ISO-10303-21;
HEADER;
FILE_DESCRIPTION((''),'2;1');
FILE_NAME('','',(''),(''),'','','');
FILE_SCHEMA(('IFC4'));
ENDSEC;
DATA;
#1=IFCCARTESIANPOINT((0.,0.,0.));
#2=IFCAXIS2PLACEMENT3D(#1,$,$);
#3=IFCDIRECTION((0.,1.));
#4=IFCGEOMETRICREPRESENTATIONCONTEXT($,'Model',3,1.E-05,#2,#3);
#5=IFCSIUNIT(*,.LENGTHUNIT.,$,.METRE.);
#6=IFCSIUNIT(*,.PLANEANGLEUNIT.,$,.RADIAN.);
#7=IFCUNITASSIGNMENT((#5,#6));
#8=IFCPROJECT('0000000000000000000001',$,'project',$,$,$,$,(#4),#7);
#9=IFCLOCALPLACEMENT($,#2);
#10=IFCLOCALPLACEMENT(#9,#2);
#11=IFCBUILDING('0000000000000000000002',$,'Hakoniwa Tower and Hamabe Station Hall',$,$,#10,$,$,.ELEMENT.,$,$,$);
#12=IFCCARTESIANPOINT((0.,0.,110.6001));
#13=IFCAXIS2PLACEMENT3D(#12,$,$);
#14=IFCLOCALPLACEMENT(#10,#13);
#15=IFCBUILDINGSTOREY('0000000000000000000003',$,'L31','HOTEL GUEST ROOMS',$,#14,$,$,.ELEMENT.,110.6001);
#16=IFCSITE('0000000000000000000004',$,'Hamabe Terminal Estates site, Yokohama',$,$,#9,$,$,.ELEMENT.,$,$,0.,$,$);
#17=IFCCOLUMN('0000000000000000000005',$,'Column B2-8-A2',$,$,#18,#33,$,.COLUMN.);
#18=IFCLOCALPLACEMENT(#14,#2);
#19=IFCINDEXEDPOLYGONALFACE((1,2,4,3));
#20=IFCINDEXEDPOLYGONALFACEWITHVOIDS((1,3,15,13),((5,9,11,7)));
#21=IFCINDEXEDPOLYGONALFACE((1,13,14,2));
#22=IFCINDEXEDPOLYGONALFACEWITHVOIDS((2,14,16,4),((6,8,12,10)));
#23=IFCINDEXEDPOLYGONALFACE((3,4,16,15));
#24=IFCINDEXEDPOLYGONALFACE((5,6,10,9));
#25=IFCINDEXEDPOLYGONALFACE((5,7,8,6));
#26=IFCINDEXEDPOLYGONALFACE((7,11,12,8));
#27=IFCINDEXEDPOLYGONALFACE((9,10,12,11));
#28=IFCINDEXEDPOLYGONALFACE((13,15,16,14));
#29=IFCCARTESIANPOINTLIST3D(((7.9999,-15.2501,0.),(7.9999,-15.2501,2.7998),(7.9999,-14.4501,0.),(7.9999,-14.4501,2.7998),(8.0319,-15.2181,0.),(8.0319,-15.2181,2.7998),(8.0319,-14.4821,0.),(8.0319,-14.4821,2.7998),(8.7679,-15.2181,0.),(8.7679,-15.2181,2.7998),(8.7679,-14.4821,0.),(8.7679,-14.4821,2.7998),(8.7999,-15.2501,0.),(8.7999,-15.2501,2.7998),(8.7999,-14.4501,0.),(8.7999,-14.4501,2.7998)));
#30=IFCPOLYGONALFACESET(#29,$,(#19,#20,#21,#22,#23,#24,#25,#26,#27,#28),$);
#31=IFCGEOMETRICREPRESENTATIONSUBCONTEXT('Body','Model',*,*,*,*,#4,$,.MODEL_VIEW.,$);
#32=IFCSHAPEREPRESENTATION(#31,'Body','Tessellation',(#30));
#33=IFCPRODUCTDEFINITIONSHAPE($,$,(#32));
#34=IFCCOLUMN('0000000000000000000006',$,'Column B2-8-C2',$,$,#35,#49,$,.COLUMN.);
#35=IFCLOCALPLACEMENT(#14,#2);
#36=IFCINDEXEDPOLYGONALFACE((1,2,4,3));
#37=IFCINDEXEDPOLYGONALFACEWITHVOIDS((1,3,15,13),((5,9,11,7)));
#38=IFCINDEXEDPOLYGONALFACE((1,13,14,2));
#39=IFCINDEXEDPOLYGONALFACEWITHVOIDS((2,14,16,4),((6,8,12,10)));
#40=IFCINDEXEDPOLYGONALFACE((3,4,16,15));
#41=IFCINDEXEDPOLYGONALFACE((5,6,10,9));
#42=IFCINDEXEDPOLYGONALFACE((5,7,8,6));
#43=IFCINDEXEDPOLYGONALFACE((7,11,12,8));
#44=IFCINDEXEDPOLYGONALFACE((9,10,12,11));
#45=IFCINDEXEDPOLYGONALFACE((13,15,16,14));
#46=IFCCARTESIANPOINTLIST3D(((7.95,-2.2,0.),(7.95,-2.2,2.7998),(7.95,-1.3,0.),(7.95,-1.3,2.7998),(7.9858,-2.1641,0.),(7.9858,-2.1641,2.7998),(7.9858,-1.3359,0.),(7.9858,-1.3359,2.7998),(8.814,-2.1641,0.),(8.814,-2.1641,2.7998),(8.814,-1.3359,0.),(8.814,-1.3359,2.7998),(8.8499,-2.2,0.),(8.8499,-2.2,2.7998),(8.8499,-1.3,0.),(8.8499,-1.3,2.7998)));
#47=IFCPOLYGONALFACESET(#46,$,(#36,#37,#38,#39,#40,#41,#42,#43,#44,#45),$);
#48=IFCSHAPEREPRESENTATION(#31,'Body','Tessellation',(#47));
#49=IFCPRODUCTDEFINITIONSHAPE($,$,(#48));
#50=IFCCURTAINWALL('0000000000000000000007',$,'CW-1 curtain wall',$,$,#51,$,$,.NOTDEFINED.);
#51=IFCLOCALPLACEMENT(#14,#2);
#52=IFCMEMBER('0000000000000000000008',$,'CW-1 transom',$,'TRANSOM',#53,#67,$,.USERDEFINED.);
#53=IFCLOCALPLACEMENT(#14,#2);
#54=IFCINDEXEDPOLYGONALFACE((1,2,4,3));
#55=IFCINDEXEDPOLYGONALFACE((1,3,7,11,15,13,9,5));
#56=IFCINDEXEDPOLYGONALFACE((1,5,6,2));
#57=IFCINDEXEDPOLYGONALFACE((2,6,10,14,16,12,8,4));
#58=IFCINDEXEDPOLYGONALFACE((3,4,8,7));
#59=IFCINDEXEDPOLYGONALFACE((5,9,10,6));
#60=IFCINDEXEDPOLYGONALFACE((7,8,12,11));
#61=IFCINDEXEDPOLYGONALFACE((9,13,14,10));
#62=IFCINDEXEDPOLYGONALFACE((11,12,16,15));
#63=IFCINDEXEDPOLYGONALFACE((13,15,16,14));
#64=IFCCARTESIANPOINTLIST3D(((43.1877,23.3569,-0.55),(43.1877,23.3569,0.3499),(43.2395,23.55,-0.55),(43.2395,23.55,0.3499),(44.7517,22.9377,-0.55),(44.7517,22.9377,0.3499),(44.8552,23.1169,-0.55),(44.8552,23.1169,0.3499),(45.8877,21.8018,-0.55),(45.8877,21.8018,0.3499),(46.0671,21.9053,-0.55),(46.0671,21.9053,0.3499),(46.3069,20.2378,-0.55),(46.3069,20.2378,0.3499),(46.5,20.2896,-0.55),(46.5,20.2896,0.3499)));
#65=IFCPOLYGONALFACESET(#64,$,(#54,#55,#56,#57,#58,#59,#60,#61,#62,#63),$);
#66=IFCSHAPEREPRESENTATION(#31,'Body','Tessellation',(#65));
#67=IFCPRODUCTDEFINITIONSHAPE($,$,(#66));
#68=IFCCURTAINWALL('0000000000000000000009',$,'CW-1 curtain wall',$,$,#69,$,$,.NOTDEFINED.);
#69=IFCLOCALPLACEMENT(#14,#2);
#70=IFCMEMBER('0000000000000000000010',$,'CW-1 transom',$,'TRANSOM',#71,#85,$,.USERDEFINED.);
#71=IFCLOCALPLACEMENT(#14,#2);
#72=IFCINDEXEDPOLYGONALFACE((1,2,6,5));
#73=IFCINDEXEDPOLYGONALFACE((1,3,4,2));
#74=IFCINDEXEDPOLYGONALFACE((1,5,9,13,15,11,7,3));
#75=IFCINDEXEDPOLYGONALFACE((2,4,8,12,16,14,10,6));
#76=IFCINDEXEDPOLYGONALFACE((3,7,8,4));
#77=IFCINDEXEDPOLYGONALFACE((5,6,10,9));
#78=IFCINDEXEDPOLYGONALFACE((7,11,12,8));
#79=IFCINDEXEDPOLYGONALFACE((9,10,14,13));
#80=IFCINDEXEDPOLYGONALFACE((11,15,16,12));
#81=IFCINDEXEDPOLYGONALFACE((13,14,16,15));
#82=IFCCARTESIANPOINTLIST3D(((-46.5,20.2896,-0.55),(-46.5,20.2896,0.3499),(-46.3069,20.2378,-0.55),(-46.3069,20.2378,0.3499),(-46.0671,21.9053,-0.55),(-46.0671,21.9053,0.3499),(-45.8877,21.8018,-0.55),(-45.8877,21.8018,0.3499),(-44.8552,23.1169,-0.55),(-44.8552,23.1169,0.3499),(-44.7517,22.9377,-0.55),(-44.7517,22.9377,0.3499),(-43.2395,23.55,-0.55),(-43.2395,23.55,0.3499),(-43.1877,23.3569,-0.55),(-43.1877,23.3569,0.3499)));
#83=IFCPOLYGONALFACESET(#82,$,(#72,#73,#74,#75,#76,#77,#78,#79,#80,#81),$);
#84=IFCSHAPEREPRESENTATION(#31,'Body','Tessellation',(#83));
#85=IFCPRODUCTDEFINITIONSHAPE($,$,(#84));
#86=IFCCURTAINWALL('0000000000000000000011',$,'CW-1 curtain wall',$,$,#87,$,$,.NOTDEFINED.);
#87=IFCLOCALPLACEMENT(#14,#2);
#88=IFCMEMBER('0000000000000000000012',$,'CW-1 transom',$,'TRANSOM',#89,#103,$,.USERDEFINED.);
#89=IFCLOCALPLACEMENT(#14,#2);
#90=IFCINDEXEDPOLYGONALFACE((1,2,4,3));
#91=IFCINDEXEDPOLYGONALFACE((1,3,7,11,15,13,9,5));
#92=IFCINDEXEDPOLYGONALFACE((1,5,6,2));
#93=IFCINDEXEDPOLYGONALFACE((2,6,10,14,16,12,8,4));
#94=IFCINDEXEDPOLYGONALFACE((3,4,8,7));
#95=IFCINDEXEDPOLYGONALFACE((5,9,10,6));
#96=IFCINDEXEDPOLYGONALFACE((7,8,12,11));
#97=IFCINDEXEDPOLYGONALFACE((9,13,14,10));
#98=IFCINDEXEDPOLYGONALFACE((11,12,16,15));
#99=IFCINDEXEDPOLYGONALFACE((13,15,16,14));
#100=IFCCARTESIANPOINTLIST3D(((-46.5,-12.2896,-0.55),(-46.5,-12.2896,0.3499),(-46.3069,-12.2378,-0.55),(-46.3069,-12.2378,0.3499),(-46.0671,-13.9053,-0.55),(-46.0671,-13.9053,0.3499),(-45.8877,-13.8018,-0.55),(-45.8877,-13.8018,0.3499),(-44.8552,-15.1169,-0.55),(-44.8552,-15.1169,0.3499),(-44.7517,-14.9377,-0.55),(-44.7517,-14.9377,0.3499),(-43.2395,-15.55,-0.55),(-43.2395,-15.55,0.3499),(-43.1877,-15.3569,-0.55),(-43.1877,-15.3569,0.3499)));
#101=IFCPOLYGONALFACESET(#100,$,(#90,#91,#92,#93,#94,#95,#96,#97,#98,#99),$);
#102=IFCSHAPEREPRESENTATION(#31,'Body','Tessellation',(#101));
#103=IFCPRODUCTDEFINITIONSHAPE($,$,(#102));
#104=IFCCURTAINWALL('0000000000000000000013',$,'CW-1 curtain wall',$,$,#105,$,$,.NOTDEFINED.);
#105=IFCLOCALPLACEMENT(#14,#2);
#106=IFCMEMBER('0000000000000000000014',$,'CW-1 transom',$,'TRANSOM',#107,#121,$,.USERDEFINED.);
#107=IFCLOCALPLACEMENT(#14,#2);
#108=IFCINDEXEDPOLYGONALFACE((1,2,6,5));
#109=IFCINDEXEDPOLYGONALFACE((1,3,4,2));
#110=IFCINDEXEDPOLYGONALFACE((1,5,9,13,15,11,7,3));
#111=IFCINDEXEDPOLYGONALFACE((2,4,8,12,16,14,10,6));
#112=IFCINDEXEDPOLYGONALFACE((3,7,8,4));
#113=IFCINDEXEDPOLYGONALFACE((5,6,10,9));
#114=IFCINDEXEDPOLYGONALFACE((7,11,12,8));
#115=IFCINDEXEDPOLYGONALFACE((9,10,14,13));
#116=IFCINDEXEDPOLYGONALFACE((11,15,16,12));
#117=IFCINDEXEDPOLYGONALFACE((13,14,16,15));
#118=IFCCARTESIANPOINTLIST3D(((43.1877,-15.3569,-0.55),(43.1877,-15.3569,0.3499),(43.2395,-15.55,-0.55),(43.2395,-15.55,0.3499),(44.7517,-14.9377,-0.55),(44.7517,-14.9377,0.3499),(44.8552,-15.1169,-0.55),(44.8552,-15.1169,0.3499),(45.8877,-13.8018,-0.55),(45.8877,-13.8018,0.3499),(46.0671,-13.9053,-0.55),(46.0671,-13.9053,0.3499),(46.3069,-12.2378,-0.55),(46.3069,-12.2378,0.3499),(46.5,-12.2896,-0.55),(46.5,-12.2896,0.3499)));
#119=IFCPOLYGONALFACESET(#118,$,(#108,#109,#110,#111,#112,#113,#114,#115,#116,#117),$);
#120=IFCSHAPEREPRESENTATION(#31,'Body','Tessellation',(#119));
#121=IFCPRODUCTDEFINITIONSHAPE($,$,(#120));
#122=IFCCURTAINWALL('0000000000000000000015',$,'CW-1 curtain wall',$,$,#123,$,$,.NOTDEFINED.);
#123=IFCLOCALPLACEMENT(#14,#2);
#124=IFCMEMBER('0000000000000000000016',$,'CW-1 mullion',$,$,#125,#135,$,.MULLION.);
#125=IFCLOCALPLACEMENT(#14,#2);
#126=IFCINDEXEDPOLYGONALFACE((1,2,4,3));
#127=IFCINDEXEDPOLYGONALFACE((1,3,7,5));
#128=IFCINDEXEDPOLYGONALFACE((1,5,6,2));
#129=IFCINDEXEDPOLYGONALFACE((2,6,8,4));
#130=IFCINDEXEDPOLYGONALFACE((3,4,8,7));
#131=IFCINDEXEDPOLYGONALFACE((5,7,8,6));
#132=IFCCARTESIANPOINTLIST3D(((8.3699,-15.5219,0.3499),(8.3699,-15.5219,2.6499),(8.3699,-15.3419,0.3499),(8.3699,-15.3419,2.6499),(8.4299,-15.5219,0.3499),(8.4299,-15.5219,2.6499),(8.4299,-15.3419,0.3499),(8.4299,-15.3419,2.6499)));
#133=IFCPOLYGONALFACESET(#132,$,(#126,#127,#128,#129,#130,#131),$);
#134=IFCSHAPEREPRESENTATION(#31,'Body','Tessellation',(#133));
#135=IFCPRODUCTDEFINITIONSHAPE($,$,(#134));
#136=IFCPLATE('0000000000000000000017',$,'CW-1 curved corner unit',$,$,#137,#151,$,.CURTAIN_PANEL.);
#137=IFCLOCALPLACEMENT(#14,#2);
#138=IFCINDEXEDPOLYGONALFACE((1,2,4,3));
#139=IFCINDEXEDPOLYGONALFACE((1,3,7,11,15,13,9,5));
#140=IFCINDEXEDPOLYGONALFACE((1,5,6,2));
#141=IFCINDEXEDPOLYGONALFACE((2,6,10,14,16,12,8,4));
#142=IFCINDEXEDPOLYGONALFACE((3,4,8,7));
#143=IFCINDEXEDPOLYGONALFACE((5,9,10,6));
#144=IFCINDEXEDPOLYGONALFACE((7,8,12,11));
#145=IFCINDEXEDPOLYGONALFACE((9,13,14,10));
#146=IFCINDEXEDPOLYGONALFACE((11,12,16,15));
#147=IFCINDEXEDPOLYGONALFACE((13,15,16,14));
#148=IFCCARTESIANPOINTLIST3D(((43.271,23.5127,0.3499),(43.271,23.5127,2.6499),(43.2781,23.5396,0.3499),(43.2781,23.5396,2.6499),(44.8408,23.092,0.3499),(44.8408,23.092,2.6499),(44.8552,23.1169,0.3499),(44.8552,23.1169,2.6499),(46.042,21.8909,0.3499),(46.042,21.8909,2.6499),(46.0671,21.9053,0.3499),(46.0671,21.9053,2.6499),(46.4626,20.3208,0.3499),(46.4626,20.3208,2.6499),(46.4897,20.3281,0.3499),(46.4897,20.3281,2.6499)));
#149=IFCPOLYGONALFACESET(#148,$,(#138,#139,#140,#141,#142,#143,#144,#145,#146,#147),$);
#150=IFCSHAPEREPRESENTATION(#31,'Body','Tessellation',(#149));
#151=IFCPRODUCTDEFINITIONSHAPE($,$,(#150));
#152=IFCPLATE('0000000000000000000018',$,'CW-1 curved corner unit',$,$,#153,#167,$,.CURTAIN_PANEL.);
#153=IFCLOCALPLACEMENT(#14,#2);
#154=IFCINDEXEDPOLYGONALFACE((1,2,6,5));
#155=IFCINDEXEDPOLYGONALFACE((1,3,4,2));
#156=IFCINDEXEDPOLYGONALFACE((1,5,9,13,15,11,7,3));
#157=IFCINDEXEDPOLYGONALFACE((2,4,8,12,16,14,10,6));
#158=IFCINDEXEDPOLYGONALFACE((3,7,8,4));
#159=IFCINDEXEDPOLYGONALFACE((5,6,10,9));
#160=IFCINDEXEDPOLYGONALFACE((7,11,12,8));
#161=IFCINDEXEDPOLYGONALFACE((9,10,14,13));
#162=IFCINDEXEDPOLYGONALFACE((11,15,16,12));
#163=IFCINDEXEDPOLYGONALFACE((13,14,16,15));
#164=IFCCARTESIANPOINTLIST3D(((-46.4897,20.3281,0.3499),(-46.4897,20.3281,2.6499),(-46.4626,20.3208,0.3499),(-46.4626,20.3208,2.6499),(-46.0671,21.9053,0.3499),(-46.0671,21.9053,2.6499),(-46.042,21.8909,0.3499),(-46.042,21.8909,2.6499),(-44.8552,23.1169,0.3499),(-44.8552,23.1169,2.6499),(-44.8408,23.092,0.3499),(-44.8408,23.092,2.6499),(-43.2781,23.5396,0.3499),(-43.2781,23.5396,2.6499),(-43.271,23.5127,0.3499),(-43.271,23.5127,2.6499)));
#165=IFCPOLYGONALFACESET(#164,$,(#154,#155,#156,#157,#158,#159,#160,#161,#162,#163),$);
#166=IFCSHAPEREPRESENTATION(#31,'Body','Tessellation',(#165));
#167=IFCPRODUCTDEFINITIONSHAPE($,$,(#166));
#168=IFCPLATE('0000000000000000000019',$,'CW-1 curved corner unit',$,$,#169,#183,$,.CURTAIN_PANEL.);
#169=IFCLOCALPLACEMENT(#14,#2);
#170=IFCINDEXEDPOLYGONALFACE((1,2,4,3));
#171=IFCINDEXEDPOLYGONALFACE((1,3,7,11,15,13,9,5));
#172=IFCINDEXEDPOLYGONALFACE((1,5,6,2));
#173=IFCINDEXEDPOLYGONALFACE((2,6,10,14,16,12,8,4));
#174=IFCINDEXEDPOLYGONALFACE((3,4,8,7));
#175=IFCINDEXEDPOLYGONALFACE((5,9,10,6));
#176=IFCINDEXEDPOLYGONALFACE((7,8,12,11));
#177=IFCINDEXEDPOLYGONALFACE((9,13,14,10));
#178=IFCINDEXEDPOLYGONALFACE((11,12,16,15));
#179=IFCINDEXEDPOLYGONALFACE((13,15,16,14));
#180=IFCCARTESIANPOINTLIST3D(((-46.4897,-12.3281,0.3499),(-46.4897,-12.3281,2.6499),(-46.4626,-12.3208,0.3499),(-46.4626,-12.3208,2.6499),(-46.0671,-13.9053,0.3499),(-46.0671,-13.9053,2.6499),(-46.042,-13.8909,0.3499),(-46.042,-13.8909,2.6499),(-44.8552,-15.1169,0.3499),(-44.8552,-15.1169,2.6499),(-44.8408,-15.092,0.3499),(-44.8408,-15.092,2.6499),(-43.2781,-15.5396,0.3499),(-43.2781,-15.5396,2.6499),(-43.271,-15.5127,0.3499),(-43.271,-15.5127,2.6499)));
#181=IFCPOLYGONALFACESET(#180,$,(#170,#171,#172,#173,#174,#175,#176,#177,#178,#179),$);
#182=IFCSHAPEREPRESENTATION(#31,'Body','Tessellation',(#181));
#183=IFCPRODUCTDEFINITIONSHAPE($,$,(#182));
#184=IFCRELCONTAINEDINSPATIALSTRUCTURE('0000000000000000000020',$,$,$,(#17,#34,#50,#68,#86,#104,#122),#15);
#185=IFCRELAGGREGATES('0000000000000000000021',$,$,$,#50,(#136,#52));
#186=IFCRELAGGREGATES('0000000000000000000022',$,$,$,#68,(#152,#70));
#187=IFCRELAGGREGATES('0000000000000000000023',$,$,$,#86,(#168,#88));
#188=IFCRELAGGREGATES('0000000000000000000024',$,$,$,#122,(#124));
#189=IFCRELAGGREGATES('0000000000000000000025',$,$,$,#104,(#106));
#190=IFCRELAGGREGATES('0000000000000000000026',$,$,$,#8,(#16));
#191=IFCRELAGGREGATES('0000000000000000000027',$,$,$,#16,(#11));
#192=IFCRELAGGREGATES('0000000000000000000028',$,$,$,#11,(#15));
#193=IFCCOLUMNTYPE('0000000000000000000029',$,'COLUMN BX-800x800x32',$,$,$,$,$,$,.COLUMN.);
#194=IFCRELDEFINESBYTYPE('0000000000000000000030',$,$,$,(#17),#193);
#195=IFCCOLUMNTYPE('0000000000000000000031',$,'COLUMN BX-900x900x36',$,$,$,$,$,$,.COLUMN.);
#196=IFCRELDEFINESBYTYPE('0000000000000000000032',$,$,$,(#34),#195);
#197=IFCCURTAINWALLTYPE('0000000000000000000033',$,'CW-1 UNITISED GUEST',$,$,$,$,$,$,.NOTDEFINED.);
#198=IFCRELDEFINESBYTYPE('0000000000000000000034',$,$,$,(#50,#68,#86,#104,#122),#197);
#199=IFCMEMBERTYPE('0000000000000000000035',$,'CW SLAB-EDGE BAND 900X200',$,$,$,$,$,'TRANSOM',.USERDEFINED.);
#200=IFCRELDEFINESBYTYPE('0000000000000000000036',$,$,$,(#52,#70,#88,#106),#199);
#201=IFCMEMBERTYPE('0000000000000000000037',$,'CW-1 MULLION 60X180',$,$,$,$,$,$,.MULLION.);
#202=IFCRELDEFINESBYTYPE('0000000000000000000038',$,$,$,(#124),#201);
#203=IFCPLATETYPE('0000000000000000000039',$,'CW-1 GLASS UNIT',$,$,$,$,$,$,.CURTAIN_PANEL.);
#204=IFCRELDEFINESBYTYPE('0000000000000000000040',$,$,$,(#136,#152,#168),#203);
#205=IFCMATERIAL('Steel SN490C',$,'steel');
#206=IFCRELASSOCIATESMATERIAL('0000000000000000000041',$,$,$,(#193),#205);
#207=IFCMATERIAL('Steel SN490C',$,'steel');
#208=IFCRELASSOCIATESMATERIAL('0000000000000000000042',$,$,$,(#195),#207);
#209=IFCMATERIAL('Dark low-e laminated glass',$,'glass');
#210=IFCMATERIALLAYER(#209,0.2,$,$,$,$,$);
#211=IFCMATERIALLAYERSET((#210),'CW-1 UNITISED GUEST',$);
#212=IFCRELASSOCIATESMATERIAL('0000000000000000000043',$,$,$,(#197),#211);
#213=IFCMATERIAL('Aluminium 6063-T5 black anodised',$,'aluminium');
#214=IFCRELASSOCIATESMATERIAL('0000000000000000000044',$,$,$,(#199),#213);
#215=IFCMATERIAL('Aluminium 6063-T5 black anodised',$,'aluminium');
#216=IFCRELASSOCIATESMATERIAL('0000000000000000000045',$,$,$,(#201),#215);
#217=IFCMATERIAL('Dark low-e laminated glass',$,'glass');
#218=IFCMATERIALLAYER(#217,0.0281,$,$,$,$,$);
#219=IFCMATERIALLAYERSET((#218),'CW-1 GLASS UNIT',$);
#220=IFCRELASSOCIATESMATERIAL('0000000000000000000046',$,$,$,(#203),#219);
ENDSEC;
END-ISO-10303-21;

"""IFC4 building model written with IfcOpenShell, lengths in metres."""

from ifc_helpers import new_model, si_unit, direction, frame, origin, origin_2d, place, context, subcontext, project, spatial, polyline, rectangle, hollow_rectangle, outline, extrude, material, layer, layer_set, material_profile, profile_set, type_object, element, aggregate, save


model = new_model("IFC4")

# Units and contexts
model_context = context("Model", 3, precision=1e-05, world=origin(), true_north=direction((0.0, 1.0)))
body_context = subcontext(model_context, "Body", "Model", "MODEL_VIEW")
ifc_project = project(units=[si_unit("LENGTHUNIT", "METRE"), si_unit("PLANEANGLEUNIT", "RADIAN")], contexts=[model_context])

# Site, building, storey
site_placement = place(None, origin())
site = spatial("IfcSite", under=ifc_project, at=site_placement, Name="Hamabe Terminal Estates site, Yokohama", CompositionType="ELEMENT", RefElevation=0.0)
building_placement = place(site_placement, origin())
building = spatial("IfcBuilding", under=site, at=building_placement, Name="Hakoniwa Tower and Hamabe Station Hall", CompositionType="ELEMENT")
storey_placement = place(building_placement, frame((0.0, 0.0, 110.6001)))
storey = spatial("IfcBuildingStorey", under=building, at=storey_placement, Name="L31", Description="HOTEL GUEST ROOMS", CompositionType="ELEMENT", Elevation=110.6001)

# Columns
ifc_material_1 = material(Name="Steel SN490C", Category="steel")
ifc_material_profile_1 = material_profile(ifc_material_1, hollow_rectangle(XDim=0.8, YDim=0.8, WallThickness=0.032, at=origin_2d()), Name="BX-800x800x32")
ifc_profile_set_1 = profile_set([ifc_material_profile_1], Name="Steel SN490C")
column_type_1 = type_object("IfcColumnType", Name="COLUMN BX-800x800x32", PredefinedType="COLUMN", material=ifc_profile_set_1)
column_1_placement = place(storey_placement, frame((8.3999, -14.8501, 0.0), z_axis=(0.0, 0.0, 1.0), x_axis=(1.0, 0.0, 0.0)))
element("IfcColumn", 1, at=column_1_placement, inside=storey, type_object=column_type_1, Name="Column B2-8-A2", PredefinedType="COLUMN", context=body_context, shape_type="SweptSolid", body=[
    extrude(hollow_rectangle(XDim=0.8, YDim=0.8, WallThickness=0.032, at=origin_2d()), origin(), (0.0, 0.0, 1.0), 2.7998),
])
ifc_material_2 = material(Name="Steel SN490C", Category="steel")
ifc_material_profile_2 = material_profile(ifc_material_2, hollow_rectangle(XDim=0.8999, YDim=0.8999, WallThickness=0.0359, at=origin_2d()), Name="BX-900x900x36")
ifc_profile_set_2 = profile_set([ifc_material_profile_2], Name="Steel SN490C")
column_type_2 = type_object("IfcColumnType", Name="COLUMN BX-900x900x36", PredefinedType="COLUMN", material=ifc_profile_set_2)
column_2_placement = place(storey_placement, frame((8.3999, -1.75, 0.0), z_axis=(0.0, 0.0, 1.0), x_axis=(1.0, 0.0, 0.0)))
element("IfcColumn", 2, at=column_2_placement, inside=storey, type_object=column_type_2, Name="Column B2-8-C2", PredefinedType="COLUMN", context=body_context, shape_type="SweptSolid", body=[
    extrude(hollow_rectangle(XDim=0.8999, YDim=0.8999, WallThickness=0.0359, at=origin_2d()), origin(), (0.0, 0.0, 1.0), 2.7998),
])

# Curtain walls, members
ifc_material_3 = material(Name="Dark low-e laminated glass", Category="glass")
ifc_layer_1 = layer(ifc_material_3, 0.2)
ifc_layer_set_1 = layer_set([ifc_layer_1], Name="CW-1 UNITISED GUEST")
curtain_wall_type = type_object("IfcCurtainWallType", Name="CW-1 UNITISED GUEST", PredefinedType="NOTDEFINED", material=ifc_layer_set_1)
curtain_wall_1_placement = place(storey_placement, origin())
curtain_wall_1 = element("IfcCurtainWall", 3, at=curtain_wall_1_placement, inside=storey, type_object=curtain_wall_type, Name="CW-1 curtain wall", PredefinedType="NOTDEFINED")
ifc_material_4 = material(Name="Aluminium 6063-T5 black anodised", Category="aluminium")
ifc_material_profile_3 = material_profile(ifc_material_4, rectangle(XDim=0.2, YDim=0.8999, at=origin_2d()), Name="CW SLAB-EDGE BAND 900X200")
ifc_profile_set_3 = profile_set([ifc_material_profile_3], Name="Aluminium 6063-T5 black anodised")
member_type_1 = type_object("IfcMemberType", Name="CW SLAB-EDGE BAND 900X200", ElementType="TRANSOM", PredefinedType="USERDEFINED", material=ifc_profile_set_3)
member_1_placement = place(storey_placement, frame((0.0, 0.0, -0.55)))
member_1 = element("IfcMember", 4, at=member_1_placement, type_object=member_type_1, Name="CW-1 transom", ObjectType="TRANSOM", PredefinedType="USERDEFINED", context=body_context, shape_type="SweptSolid", body=[
    extrude(outline(polyline([(46.5, 20.2896), (46.0671, 21.9053), (44.8552, 23.1169), (43.2395, 23.55), (43.1877, 23.3569), (44.7517, 22.9377), (45.8877, 21.8018), (46.3069, 20.2378), (46.5, 20.2896)])), origin(), (0.0, 0.0, 1.0), 0.8999),
])
curtain_wall_2_placement = place(storey_placement, origin())
curtain_wall_2 = element("IfcCurtainWall", 5, at=curtain_wall_2_placement, inside=storey, type_object=curtain_wall_type, Name="CW-1 curtain wall", PredefinedType="NOTDEFINED")
member_2_placement = place(storey_placement, frame((0.0, 0.0, -0.55)))
member_2 = element("IfcMember", 6, at=member_2_placement, type_object=member_type_1, Name="CW-1 transom", ObjectType="TRANSOM", PredefinedType="USERDEFINED", context=body_context, shape_type="SweptSolid", body=[
    extrude(outline(polyline([(-43.2395, 23.55), (-44.8552, 23.1169), (-46.0671, 21.9053), (-46.5, 20.2896), (-46.3069, 20.2378), (-45.8877, 21.8018), (-44.7517, 22.9377), (-43.1877, 23.3569), (-43.2395, 23.55)])), origin(), (0.0, 0.0, 1.0), 0.8999),
])
curtain_wall_3_placement = place(storey_placement, origin())
curtain_wall_3 = element("IfcCurtainWall", 7, at=curtain_wall_3_placement, inside=storey, type_object=curtain_wall_type, Name="CW-1 curtain wall", PredefinedType="NOTDEFINED")
member_3_placement = place(storey_placement, frame((0.0, 0.0, -0.55)))
member_3 = element("IfcMember", 8, at=member_3_placement, type_object=member_type_1, Name="CW-1 transom", ObjectType="TRANSOM", PredefinedType="USERDEFINED", context=body_context, shape_type="SweptSolid", body=[
    extrude(outline(polyline([(-46.5, -12.2896), (-46.0671, -13.9053), (-44.8552, -15.1169), (-43.2395, -15.55), (-43.1877, -15.3569), (-44.7517, -14.9377), (-45.8877, -13.8018), (-46.3069, -12.2378), (-46.5, -12.2896)])), origin(), (0.0, 0.0, 1.0), 0.8999),
])
curtain_wall_4_placement = place(storey_placement, origin())
curtain_wall_4 = element("IfcCurtainWall", 9, at=curtain_wall_4_placement, inside=storey, type_object=curtain_wall_type, Name="CW-1 curtain wall", PredefinedType="NOTDEFINED")
member_4_placement = place(storey_placement, frame((0.0, 0.0, -0.55)))
member_4 = element("IfcMember", 10, at=member_4_placement, type_object=member_type_1, Name="CW-1 transom", ObjectType="TRANSOM", PredefinedType="USERDEFINED", context=body_context, shape_type="SweptSolid", body=[
    extrude(outline(polyline([(43.2395, -15.55), (44.8552, -15.1169), (46.0671, -13.9053), (46.5, -12.2896), (46.3069, -12.2378), (45.8877, -13.8018), (44.7517, -14.9377), (43.1877, -15.3569), (43.2395, -15.55)])), origin(), (0.0, 0.0, 1.0), 0.8999),
])
curtain_wall_5_placement = place(storey_placement, origin())
curtain_wall_5 = element("IfcCurtainWall", 11, at=curtain_wall_5_placement, inside=storey, type_object=curtain_wall_type, Name="CW-1 curtain wall", PredefinedType="NOTDEFINED")
ifc_material_5 = material(Name="Aluminium 6063-T5 black anodised", Category="aluminium")
ifc_material_profile_4 = material_profile(ifc_material_5, rectangle(XDim=0.0601, YDim=0.1799, at=origin_2d()), Name="CW-1 MULLION 60X180")
ifc_profile_set_4 = profile_set([ifc_material_profile_4], Name="Aluminium 6063-T5 black anodised")
member_type_2 = type_object("IfcMemberType", Name="CW-1 MULLION 60X180", PredefinedType="MULLION", material=ifc_profile_set_4)
member_5_placement = place(storey_placement, frame((8.3999, -15.4319, 0.3499), z_axis=(0.0, 0.0, 1.0), x_axis=(1.0, 0.0, 0.0)))
member_5 = element("IfcMember", 12, at=member_5_placement, type_object=member_type_2, Name="CW-1 mullion", PredefinedType="MULLION", context=body_context, shape_type="SweptSolid", body=[
    extrude(rectangle(XDim=0.0601, YDim=0.1799, at=origin_2d()), origin(), (0.0, 0.0, 1.0), 2.3),
])

# Plates
ifc_material_6 = material(Name="Dark low-e laminated glass", Category="glass")
ifc_layer_2 = layer(ifc_material_6, 0.0281)
ifc_layer_set_2 = layer_set([ifc_layer_2], Name="CW-1 GLASS UNIT")
plate_type = type_object("IfcPlateType", Name="CW-1 GLASS UNIT", PredefinedType="CURTAIN_PANEL", material=ifc_layer_set_2)
plate_1_placement = place(storey_placement, frame((0.0, 0.0, 0.3499)))
plate_1 = element("IfcPlate", 13, at=plate_1_placement, type_object=plate_type, Name="CW-1 curved corner unit", PredefinedType="CURTAIN_PANEL", context=body_context, shape_type="SweptSolid", body=[
    extrude(outline(polyline([(46.4897, 20.3281), (46.0671, 21.9053), (44.8552, 23.1169), (43.2781, 23.5396), (43.271, 23.5127), (44.8408, 23.092), (46.042, 21.8909), (46.4626, 20.3208), (46.4897, 20.3281)])), origin(), (0.0, 0.0, 1.0), 2.3),
])
aggregate(curtain_wall_1, [plate_1, member_1])
plate_2_placement = place(storey_placement, frame((0.0, 0.0, 0.3499)))
plate_2 = element("IfcPlate", 14, at=plate_2_placement, type_object=plate_type, Name="CW-1 curved corner unit", PredefinedType="CURTAIN_PANEL", context=body_context, shape_type="SweptSolid", body=[
    extrude(outline(polyline([(-43.2781, 23.5396), (-44.8552, 23.1169), (-46.0671, 21.9053), (-46.4897, 20.3281), (-46.4626, 20.3208), (-46.042, 21.8909), (-44.8408, 23.092), (-43.271, 23.5127), (-43.2781, 23.5396)])), origin(), (0.0, 0.0, 1.0), 2.3),
])
aggregate(curtain_wall_2, [plate_2, member_2])
plate_3_placement = place(storey_placement, frame((0.0, 0.0, 0.3499)))
plate_3 = element("IfcPlate", 15, at=plate_3_placement, type_object=plate_type, Name="CW-1 curved corner unit", PredefinedType="CURTAIN_PANEL", context=body_context, shape_type="SweptSolid", body=[
    extrude(outline(polyline([(-46.4897, -12.3281), (-46.0671, -13.9053), (-44.8552, -15.1169), (-43.2781, -15.5396), (-43.271, -15.5127), (-44.8408, -15.092), (-46.042, -13.8909), (-46.4626, -12.3208), (-46.4897, -12.3281)])), origin(), (0.0, 0.0, 1.0), 2.3),
])
aggregate(curtain_wall_3, [plate_3, member_3])
aggregate(curtain_wall_5, [member_5])
aggregate(curtain_wall_4, [member_4])

save(model, "model.ifc")
